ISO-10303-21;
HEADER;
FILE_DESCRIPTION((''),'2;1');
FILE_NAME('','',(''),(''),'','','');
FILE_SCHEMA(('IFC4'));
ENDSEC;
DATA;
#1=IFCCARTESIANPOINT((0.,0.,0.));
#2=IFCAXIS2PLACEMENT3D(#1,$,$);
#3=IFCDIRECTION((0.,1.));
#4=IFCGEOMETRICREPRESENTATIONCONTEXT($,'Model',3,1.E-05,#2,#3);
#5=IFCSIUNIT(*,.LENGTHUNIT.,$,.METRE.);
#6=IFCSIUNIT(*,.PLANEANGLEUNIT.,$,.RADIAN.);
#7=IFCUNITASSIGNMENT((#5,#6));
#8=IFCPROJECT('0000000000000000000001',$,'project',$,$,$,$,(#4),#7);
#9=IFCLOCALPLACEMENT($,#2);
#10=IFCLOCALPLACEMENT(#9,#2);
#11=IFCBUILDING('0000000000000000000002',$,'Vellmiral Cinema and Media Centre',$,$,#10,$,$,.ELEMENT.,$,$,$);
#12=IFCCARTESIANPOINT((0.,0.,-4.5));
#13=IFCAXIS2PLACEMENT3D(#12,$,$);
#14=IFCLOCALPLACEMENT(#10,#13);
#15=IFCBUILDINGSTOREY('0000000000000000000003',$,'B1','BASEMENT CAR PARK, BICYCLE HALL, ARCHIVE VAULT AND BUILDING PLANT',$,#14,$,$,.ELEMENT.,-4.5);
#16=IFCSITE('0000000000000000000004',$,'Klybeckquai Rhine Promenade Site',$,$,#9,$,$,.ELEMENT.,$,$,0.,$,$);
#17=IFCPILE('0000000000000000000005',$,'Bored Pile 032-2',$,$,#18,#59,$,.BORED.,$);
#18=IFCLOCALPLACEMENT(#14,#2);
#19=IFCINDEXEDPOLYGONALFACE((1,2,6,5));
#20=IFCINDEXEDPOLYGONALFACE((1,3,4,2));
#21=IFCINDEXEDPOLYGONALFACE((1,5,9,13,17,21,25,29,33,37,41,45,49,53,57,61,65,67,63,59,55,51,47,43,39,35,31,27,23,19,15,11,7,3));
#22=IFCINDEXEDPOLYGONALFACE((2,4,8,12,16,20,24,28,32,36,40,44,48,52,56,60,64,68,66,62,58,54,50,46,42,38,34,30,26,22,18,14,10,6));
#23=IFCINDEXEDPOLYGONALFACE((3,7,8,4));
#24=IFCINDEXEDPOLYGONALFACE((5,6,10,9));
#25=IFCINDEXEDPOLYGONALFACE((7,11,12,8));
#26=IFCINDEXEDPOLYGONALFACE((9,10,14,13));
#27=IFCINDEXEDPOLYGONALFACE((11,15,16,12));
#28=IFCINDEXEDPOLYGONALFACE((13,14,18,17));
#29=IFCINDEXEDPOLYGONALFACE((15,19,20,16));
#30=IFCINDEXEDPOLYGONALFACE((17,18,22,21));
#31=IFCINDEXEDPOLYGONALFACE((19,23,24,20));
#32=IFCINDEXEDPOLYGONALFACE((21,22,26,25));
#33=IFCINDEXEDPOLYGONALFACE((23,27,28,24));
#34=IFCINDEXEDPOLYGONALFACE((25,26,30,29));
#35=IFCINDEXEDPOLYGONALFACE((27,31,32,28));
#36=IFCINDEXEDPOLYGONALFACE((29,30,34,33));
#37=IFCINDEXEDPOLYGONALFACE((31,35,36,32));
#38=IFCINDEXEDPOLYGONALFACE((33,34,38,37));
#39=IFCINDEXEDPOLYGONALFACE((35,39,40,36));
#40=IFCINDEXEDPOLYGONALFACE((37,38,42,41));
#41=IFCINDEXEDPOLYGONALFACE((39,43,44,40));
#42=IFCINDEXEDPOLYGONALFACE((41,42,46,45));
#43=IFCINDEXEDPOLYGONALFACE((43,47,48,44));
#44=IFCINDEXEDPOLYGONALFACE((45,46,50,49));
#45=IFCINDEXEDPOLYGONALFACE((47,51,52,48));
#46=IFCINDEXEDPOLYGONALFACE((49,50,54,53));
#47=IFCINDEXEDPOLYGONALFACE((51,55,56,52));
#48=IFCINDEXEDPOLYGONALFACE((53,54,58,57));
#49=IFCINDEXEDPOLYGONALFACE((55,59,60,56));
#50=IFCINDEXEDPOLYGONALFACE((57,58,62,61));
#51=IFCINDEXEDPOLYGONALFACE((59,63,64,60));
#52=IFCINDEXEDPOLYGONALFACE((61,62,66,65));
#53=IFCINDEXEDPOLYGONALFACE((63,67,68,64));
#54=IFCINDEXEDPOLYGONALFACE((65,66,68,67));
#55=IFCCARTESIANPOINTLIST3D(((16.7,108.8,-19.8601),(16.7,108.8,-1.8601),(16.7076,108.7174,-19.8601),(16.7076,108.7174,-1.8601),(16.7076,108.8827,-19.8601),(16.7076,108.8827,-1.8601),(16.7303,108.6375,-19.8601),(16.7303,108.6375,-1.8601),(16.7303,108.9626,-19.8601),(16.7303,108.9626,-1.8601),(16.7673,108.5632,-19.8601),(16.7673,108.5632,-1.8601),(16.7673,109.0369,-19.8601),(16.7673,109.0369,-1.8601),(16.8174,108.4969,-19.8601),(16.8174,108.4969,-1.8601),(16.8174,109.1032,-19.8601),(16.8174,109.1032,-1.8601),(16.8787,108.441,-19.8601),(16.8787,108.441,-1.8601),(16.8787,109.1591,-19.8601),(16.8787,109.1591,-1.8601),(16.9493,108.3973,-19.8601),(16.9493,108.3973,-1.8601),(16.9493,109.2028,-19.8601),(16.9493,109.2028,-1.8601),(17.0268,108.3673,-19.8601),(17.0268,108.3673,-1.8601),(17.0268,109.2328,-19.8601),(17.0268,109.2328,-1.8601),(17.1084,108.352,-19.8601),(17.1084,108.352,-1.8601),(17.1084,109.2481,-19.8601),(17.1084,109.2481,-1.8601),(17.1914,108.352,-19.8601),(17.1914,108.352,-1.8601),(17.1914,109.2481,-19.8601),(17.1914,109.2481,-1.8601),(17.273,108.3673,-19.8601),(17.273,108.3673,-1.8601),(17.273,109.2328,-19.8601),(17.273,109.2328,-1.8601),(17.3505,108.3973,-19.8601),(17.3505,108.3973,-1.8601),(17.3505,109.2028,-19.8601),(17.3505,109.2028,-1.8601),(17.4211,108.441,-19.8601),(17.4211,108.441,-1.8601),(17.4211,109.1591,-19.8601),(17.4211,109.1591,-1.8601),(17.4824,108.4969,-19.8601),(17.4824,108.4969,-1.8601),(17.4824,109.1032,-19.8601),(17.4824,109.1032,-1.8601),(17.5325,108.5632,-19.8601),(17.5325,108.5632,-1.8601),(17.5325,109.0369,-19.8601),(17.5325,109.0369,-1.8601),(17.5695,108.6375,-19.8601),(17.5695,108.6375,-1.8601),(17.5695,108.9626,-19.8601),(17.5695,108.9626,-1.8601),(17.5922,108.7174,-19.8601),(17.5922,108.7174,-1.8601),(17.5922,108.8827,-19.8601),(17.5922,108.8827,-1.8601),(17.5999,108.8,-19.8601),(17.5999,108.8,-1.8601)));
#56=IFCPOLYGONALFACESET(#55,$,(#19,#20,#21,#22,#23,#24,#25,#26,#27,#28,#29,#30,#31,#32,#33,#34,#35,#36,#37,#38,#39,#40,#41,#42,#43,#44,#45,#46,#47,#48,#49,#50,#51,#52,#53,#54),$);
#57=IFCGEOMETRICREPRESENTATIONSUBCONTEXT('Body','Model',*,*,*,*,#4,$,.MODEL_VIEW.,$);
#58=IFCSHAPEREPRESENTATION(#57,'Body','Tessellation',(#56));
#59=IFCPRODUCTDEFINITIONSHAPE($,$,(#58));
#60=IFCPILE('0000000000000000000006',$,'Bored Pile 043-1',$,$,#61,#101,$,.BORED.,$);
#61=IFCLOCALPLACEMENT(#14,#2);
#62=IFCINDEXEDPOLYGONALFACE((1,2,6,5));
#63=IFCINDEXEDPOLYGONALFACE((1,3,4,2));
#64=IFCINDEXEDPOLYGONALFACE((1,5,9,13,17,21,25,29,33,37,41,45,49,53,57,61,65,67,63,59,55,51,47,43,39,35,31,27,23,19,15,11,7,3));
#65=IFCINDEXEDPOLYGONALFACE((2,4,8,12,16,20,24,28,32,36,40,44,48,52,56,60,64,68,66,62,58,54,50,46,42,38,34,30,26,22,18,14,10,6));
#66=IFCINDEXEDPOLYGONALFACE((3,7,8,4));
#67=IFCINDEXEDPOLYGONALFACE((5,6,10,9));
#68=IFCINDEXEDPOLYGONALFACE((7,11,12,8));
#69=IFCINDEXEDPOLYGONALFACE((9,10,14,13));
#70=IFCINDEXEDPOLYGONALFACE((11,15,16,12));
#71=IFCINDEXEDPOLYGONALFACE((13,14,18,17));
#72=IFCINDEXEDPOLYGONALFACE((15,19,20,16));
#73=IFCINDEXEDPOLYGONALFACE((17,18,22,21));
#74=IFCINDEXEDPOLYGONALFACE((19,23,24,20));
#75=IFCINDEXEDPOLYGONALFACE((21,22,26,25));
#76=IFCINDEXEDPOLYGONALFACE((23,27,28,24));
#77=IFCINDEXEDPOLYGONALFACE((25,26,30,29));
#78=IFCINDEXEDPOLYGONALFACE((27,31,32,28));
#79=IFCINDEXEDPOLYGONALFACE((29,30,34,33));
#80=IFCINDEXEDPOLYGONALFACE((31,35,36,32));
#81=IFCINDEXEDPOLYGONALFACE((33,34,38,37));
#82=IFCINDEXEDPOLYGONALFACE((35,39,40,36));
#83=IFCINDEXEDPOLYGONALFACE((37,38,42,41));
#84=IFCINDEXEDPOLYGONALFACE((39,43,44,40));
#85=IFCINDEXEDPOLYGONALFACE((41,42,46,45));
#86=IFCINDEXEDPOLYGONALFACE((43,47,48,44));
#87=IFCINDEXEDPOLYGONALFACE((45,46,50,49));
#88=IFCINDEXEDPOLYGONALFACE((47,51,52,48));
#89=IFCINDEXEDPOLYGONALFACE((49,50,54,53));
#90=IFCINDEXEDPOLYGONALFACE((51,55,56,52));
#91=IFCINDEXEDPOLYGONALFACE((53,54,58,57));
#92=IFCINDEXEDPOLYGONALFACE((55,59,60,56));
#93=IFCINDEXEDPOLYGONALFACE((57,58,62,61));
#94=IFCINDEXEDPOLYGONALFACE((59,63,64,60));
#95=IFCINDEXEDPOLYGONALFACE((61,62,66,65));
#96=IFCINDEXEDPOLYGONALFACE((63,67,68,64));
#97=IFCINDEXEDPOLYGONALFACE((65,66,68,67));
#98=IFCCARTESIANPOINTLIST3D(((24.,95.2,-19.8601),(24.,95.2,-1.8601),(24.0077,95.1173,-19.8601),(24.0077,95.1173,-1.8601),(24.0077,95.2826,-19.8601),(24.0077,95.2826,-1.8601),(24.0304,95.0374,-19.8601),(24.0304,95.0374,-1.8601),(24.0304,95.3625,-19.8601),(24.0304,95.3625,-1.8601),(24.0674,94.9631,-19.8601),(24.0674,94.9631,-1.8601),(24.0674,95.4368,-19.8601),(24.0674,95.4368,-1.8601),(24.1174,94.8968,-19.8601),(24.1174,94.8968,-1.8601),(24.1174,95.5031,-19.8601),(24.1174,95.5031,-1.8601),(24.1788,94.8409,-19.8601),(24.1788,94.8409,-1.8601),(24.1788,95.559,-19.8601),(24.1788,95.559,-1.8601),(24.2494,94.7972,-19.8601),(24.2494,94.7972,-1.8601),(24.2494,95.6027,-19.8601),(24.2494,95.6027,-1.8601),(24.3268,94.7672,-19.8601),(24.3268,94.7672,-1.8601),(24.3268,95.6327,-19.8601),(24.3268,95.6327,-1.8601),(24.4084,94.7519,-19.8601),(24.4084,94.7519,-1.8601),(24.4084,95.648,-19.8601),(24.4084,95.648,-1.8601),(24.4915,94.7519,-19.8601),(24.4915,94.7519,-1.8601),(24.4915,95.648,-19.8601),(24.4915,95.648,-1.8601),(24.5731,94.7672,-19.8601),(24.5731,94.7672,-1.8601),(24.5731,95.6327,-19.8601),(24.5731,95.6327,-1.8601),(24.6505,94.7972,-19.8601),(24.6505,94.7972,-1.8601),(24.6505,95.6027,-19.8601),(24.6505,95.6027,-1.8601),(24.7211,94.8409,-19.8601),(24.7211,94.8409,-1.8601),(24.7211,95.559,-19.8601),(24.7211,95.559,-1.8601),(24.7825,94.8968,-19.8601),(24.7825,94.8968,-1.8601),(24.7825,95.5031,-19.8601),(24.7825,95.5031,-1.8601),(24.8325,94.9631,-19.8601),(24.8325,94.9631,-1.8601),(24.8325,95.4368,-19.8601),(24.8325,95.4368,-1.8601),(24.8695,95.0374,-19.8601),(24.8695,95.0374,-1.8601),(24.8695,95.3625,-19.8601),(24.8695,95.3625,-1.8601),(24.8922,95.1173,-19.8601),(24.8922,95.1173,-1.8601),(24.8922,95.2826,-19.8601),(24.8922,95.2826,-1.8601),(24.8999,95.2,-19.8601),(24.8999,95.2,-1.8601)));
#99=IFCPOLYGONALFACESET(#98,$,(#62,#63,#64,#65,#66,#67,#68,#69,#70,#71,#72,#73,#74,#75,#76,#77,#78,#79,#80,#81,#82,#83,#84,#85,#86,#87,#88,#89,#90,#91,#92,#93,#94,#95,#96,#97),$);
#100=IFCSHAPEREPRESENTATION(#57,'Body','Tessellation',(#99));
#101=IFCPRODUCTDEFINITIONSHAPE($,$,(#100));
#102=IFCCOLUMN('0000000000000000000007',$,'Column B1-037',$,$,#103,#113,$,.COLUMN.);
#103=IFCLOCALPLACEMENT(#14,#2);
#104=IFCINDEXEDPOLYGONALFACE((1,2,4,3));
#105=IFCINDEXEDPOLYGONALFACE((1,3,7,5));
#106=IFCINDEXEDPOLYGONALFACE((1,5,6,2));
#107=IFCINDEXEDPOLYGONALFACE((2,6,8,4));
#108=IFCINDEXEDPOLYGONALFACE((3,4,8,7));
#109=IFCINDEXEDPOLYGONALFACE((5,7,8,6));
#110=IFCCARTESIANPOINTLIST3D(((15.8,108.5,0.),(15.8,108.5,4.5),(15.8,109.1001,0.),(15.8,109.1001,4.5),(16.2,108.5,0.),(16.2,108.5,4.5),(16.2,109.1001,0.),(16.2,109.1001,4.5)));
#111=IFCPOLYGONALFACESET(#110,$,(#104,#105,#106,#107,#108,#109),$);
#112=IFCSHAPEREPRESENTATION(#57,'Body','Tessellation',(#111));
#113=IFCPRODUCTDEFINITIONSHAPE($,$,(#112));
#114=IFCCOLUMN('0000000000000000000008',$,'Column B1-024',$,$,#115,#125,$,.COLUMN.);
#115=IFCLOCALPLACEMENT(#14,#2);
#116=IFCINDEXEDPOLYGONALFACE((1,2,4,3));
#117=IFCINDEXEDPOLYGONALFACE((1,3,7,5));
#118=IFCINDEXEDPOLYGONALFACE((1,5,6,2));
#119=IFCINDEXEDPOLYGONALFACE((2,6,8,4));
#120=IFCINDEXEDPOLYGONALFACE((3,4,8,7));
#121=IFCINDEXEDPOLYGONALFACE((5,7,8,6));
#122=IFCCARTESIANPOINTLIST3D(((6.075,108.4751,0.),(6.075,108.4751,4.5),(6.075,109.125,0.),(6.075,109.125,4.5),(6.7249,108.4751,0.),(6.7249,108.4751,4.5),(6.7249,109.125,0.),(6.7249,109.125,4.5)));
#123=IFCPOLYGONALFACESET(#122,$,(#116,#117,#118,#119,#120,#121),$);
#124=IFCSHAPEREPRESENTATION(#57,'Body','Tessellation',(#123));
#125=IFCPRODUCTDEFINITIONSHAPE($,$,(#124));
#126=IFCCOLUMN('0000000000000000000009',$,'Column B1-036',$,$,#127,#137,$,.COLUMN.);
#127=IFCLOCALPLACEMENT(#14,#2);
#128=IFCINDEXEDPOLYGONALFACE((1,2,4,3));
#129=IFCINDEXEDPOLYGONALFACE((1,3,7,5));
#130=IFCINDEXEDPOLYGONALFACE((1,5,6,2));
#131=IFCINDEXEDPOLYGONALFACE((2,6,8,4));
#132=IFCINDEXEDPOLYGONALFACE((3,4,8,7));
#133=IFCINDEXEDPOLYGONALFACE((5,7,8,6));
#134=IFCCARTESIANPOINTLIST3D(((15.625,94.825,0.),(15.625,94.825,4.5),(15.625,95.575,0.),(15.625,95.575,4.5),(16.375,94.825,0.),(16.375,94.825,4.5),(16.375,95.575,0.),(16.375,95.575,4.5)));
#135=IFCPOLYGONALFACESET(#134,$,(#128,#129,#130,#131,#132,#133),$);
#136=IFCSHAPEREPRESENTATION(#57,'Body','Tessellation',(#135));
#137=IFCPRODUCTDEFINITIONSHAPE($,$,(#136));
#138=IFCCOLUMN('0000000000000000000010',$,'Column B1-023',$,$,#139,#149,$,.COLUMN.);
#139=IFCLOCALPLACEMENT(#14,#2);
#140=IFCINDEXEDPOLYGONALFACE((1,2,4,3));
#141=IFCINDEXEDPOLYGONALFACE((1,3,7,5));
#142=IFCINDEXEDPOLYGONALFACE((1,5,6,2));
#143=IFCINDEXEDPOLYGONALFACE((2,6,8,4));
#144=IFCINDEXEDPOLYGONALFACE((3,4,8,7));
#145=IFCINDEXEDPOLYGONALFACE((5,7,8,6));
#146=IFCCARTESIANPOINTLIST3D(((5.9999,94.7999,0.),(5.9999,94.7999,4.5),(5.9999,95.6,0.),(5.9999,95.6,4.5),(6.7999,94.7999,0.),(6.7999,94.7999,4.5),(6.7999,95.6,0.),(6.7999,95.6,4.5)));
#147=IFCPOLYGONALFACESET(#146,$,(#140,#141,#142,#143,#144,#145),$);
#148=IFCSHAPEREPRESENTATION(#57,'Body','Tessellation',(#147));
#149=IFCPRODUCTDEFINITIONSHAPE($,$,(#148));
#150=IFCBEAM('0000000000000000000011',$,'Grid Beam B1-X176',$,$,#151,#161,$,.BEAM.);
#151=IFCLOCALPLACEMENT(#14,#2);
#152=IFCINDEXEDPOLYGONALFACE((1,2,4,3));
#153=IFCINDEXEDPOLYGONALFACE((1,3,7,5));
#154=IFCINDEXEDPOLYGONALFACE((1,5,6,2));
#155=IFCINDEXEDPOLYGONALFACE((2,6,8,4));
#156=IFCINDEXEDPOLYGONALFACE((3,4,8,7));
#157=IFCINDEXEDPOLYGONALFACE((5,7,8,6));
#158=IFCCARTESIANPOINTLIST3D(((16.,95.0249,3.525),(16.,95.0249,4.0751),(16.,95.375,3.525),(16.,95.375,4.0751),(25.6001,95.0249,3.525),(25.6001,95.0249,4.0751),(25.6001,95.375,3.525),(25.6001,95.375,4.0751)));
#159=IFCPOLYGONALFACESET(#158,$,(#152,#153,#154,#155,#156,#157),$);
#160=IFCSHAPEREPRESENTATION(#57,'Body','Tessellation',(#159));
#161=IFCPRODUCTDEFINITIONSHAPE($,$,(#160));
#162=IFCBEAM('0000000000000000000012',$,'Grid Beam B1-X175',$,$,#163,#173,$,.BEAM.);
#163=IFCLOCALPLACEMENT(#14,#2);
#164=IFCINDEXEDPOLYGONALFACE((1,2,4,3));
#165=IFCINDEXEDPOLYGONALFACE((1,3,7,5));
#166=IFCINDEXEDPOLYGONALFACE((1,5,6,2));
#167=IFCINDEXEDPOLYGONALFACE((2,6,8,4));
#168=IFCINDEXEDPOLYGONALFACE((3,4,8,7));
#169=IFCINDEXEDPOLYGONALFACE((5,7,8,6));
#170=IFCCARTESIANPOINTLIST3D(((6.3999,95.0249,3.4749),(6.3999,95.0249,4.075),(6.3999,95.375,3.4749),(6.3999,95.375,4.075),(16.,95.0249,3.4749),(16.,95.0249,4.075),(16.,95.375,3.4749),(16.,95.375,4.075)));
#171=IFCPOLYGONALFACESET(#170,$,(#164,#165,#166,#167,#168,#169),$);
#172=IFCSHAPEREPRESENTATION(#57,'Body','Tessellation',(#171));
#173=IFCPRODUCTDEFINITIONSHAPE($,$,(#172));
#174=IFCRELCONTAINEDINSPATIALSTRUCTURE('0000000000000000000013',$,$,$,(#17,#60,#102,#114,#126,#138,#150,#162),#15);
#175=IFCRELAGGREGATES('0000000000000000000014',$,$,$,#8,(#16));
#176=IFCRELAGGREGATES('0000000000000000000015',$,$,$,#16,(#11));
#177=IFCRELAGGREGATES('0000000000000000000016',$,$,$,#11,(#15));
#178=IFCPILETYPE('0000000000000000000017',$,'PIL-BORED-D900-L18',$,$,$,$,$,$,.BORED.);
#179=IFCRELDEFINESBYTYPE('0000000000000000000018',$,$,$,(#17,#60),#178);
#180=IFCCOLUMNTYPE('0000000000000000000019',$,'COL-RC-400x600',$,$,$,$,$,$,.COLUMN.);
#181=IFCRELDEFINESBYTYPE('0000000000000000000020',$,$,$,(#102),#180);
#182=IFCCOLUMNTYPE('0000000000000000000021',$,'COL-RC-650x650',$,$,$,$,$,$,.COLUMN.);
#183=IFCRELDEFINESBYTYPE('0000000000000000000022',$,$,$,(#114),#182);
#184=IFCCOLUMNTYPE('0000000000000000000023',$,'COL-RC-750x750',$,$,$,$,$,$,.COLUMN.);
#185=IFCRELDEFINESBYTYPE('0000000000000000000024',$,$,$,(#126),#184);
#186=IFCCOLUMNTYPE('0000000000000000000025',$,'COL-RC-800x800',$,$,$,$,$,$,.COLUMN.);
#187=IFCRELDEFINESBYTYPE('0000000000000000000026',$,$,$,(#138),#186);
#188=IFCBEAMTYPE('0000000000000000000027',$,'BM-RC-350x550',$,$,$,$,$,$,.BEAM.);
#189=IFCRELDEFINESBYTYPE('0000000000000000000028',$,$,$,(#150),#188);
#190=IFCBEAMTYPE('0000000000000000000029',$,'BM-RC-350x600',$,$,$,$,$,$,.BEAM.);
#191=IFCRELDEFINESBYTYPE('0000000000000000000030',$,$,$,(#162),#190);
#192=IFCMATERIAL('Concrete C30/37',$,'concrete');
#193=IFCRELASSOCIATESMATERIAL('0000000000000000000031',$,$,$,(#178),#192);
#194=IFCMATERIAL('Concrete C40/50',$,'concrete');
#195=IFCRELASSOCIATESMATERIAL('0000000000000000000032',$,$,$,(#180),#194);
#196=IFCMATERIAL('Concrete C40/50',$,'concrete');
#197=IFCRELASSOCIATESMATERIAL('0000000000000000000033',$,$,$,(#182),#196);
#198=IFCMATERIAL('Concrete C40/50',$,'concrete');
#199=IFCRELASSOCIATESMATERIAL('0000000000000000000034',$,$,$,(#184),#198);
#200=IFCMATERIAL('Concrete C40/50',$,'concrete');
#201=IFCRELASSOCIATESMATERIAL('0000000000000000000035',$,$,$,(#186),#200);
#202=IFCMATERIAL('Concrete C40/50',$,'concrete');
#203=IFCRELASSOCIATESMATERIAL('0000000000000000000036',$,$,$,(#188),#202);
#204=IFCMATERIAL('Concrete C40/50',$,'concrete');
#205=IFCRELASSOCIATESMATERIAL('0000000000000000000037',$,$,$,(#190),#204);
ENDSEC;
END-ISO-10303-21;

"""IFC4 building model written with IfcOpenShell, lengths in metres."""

from ifc_helpers import new_model, si_unit, direction, frame, origin, origin_2d, place, context, subcontext, project, spatial, rectangle, circle, extrude, material, material_profile, profile_set, type_object, element, save


model = new_model("IFC4")

# Units and contexts
model_context = context("Model", 3, precision=1e-05, world=origin(), true_north=direction((0.0, 1.0)))
body_context = subcontext(model_context, "Body", "Model", "MODEL_VIEW")
ifc_project = project(units=[si_unit("LENGTHUNIT", "METRE"), si_unit("PLANEANGLEUNIT", "RADIAN")], contexts=[model_context])

# Site, building, storey
site_placement = place(None, origin())
site = spatial("IfcSite", under=ifc_project, at=site_placement, Name="Klybeckquai Rhine Promenade Site", CompositionType="ELEMENT", RefElevation=0.0)
building_placement = place(site_placement, origin())
building = spatial("IfcBuilding", under=site, at=building_placement, Name="Vellmiral Cinema and Media Centre", CompositionType="ELEMENT")
storey_placement = place(building_placement, frame((0.0, 0.0, -4.5)))
storey = spatial("IfcBuildingStorey", under=building, at=storey_placement, Name="B1", Description="BASEMENT CAR PARK, BICYCLE HALL, ARCHIVE VAULT AND BUILDING PLANT", CompositionType="ELEMENT", Elevation=-4.5)

# Piles
ifc_material_1 = material(Name="Concrete C30/37", Category="concrete")
ifc_material_profile_1 = material_profile(ifc_material_1, circle(Radius=0.45, at=origin_2d()), Name="PILE D900")
ifc_profile_set_1 = profile_set([ifc_material_profile_1], Name="Concrete C30/37")
pile_type_1 = type_object("IfcPileType", Name="PIL-BORED-D900-L18", PredefinedType="BORED", material=ifc_profile_set_1)
for number, where, z_axis, x_axis, name in (
    (1, (17.1499, 108.8, -1.8601), (0.0, 0.0, -1.0), (1.0, 0.0, 0.0), "Bored Pile 032-2"),
    (2, (24.45, 95.2, -1.8601), (0.0, 0.0, -1.0), (1.0, 0.0, 0.0), "Bored Pile 043-1"),
):
    element("IfcPile", number, at=place(storey_placement, frame(where, z_axis=z_axis, x_axis=x_axis)), inside=storey, type_object=pile_type_1, Name=name, PredefinedType="BORED", context=body_context, shape_type="SweptSolid", body=[
        extrude(circle(Radius=0.45, at=origin_2d()), origin(), (0.0, 0.0, 1.0), 18.0),
    ])

# Columns
ifc_material_2 = material(Name="Concrete C40/50", Category="concrete")
ifc_material_profile_2 = material_profile(ifc_material_2, rectangle(XDim=0.3999, YDim=0.6001, at=origin_2d()), Name="RC 400x600")
ifc_profile_set_2 = profile_set([ifc_material_profile_2], Name="Concrete C40/50")
column_type_1 = type_object("IfcColumnType", Name="COL-RC-400x600", PredefinedType="COLUMN", material=ifc_profile_set_2)
column_1_placement = place(storey_placement, frame((16.0, 108.8, 0.0), z_axis=(0.0, 0.0, 1.0), x_axis=(1.0, 0.0, 0.0)))
element("IfcColumn", 3, at=column_1_placement, inside=storey, type_object=column_type_1, Name="Column B1-037", PredefinedType="COLUMN", context=body_context, shape_type="SweptSolid", body=[
    extrude(rectangle(XDim=0.3999, YDim=0.6001, at=origin_2d()), origin(), (0.0, 0.0, 1.0), 4.5),
])
ifc_material_3 = material(Name="Concrete C40/50", Category="concrete")
ifc_material_profile_3 = material_profile(ifc_material_3, rectangle(XDim=0.6499, YDim=0.6499, at=origin_2d()), Name="RC 650x650")
ifc_profile_set_3 = profile_set([ifc_material_profile_3], Name="Concrete C40/50")
column_type_2 = type_object("IfcColumnType", Name="COL-RC-650x650", PredefinedType="COLUMN", material=ifc_profile_set_3)
column_2_placement = place(storey_placement, frame((6.3999, 108.8, 0.0), z_axis=(0.0, 0.0, 1.0), x_axis=(1.0, 0.0, 0.0)))
element("IfcColumn", 4, at=column_2_placement, inside=storey, type_object=column_type_2, Name="Column B1-024", PredefinedType="COLUMN", context=body_context, shape_type="SweptSolid", body=[
    extrude(rectangle(XDim=0.6499, YDim=0.6499, at=origin_2d()), origin(), (0.0, 0.0, 1.0), 4.5),
])
ifc_material_4 = material(Name="Concrete C40/50", Category="concrete")
ifc_material_profile_4 = material_profile(ifc_material_4, rectangle(XDim=0.75, YDim=0.75, at=origin_2d()), Name="RC 750x750")
ifc_profile_set_4 = profile_set([ifc_material_profile_4], Name="Concrete C40/50")
column_type_3 = type_object("IfcColumnType", Name="COL-RC-750x750", PredefinedType="COLUMN", material=ifc_profile_set_4)
column_3_placement = place(storey_placement, frame((16.0, 95.2, 0.0), z_axis=(0.0, 0.0, 1.0), x_axis=(1.0, 0.0, 0.0)))
element("IfcColumn", 5, at=column_3_placement, inside=storey, type_object=column_type_3, Name="Column B1-036", PredefinedType="COLUMN", context=body_context, shape_type="SweptSolid", body=[
    extrude(rectangle(XDim=0.75, YDim=0.75, at=origin_2d()), origin(), (0.0, 0.0, 1.0), 4.5),
])
ifc_material_5 = material(Name="Concrete C40/50", Category="concrete")
ifc_material_profile_5 = material_profile(ifc_material_5, rectangle(XDim=0.8, YDim=0.8, at=origin_2d()), Name="RC 800x800")
ifc_profile_set_5 = profile_set([ifc_material_profile_5], Name="Concrete C40/50")
column_type_4 = type_object("IfcColumnType", Name="COL-RC-800x800", PredefinedType="COLUMN", material=ifc_profile_set_5)
column_4_placement = place(storey_placement, frame((6.3999, 95.2, 0.0), z_axis=(0.0, 0.0, 1.0), x_axis=(1.0, 0.0, 0.0)))
element("IfcColumn", 6, at=column_4_placement, inside=storey, type_object=column_type_4, Name="Column B1-023", PredefinedType="COLUMN", context=body_context, shape_type="SweptSolid", body=[
    extrude(rectangle(XDim=0.8, YDim=0.8, at=origin_2d()), origin(), (0.0, 0.0, 1.0), 4.5),
])

# Beams
ifc_material_6 = material(Name="Concrete C40/50", Category="concrete")
ifc_material_profile_6 = material_profile(ifc_material_6, rectangle(XDim=0.3501, YDim=0.55, at=origin_2d()), Name="RC 350x550")
ifc_profile_set_6 = profile_set([ifc_material_profile_6], Name="Concrete C40/50")
beam_type_1 = type_object("IfcBeamType", Name="BM-RC-350x550", PredefinedType="BEAM", material=ifc_profile_set_6)
beam_1_placement = place(storey_placement, frame((16.0, 95.2, 3.8), z_axis=(1.0, 0.0, 0.0), x_axis=(0.0, 1.0, 0.0)))
element("IfcBeam", 7, at=beam_1_placement, inside=storey, type_object=beam_type_1, Name="Grid Beam B1-X176", PredefinedType="BEAM", context=body_context, shape_type="SweptSolid", body=[
    extrude(rectangle(XDim=0.3501, YDim=0.55, at=origin_2d()), origin(), (0.0, 0.0, 1.0), 9.6001),
])
ifc_material_7 = material(Name="Concrete C40/50", Category="concrete")
ifc_material_profile_7 = material_profile(ifc_material_7, rectangle(XDim=0.3501, YDim=0.6001, at=origin_2d()), Name="RC 350x600")
ifc_profile_set_7 = profile_set([ifc_material_profile_7], Name="Concrete C40/50")
beam_type_2 = type_object("IfcBeamType", Name="BM-RC-350x600", PredefinedType="BEAM", material=ifc_profile_set_7)
beam_2_placement = place(storey_placement, frame((6.3999, 95.2, 3.7749), z_axis=(1.0, 0.0, 0.0), x_axis=(0.0, 1.0, 0.0)))
element("IfcBeam", 8, at=beam_2_placement, inside=storey, type_object=beam_type_2, Name="Grid Beam B1-X175", PredefinedType="BEAM", context=body_context, shape_type="SweptSolid", body=[
    extrude(rectangle(XDim=0.3501, YDim=0.6001, at=origin_2d()), origin(), (0.0, 0.0, 1.0), 9.6001),
])

save(model, "model.ifc")
